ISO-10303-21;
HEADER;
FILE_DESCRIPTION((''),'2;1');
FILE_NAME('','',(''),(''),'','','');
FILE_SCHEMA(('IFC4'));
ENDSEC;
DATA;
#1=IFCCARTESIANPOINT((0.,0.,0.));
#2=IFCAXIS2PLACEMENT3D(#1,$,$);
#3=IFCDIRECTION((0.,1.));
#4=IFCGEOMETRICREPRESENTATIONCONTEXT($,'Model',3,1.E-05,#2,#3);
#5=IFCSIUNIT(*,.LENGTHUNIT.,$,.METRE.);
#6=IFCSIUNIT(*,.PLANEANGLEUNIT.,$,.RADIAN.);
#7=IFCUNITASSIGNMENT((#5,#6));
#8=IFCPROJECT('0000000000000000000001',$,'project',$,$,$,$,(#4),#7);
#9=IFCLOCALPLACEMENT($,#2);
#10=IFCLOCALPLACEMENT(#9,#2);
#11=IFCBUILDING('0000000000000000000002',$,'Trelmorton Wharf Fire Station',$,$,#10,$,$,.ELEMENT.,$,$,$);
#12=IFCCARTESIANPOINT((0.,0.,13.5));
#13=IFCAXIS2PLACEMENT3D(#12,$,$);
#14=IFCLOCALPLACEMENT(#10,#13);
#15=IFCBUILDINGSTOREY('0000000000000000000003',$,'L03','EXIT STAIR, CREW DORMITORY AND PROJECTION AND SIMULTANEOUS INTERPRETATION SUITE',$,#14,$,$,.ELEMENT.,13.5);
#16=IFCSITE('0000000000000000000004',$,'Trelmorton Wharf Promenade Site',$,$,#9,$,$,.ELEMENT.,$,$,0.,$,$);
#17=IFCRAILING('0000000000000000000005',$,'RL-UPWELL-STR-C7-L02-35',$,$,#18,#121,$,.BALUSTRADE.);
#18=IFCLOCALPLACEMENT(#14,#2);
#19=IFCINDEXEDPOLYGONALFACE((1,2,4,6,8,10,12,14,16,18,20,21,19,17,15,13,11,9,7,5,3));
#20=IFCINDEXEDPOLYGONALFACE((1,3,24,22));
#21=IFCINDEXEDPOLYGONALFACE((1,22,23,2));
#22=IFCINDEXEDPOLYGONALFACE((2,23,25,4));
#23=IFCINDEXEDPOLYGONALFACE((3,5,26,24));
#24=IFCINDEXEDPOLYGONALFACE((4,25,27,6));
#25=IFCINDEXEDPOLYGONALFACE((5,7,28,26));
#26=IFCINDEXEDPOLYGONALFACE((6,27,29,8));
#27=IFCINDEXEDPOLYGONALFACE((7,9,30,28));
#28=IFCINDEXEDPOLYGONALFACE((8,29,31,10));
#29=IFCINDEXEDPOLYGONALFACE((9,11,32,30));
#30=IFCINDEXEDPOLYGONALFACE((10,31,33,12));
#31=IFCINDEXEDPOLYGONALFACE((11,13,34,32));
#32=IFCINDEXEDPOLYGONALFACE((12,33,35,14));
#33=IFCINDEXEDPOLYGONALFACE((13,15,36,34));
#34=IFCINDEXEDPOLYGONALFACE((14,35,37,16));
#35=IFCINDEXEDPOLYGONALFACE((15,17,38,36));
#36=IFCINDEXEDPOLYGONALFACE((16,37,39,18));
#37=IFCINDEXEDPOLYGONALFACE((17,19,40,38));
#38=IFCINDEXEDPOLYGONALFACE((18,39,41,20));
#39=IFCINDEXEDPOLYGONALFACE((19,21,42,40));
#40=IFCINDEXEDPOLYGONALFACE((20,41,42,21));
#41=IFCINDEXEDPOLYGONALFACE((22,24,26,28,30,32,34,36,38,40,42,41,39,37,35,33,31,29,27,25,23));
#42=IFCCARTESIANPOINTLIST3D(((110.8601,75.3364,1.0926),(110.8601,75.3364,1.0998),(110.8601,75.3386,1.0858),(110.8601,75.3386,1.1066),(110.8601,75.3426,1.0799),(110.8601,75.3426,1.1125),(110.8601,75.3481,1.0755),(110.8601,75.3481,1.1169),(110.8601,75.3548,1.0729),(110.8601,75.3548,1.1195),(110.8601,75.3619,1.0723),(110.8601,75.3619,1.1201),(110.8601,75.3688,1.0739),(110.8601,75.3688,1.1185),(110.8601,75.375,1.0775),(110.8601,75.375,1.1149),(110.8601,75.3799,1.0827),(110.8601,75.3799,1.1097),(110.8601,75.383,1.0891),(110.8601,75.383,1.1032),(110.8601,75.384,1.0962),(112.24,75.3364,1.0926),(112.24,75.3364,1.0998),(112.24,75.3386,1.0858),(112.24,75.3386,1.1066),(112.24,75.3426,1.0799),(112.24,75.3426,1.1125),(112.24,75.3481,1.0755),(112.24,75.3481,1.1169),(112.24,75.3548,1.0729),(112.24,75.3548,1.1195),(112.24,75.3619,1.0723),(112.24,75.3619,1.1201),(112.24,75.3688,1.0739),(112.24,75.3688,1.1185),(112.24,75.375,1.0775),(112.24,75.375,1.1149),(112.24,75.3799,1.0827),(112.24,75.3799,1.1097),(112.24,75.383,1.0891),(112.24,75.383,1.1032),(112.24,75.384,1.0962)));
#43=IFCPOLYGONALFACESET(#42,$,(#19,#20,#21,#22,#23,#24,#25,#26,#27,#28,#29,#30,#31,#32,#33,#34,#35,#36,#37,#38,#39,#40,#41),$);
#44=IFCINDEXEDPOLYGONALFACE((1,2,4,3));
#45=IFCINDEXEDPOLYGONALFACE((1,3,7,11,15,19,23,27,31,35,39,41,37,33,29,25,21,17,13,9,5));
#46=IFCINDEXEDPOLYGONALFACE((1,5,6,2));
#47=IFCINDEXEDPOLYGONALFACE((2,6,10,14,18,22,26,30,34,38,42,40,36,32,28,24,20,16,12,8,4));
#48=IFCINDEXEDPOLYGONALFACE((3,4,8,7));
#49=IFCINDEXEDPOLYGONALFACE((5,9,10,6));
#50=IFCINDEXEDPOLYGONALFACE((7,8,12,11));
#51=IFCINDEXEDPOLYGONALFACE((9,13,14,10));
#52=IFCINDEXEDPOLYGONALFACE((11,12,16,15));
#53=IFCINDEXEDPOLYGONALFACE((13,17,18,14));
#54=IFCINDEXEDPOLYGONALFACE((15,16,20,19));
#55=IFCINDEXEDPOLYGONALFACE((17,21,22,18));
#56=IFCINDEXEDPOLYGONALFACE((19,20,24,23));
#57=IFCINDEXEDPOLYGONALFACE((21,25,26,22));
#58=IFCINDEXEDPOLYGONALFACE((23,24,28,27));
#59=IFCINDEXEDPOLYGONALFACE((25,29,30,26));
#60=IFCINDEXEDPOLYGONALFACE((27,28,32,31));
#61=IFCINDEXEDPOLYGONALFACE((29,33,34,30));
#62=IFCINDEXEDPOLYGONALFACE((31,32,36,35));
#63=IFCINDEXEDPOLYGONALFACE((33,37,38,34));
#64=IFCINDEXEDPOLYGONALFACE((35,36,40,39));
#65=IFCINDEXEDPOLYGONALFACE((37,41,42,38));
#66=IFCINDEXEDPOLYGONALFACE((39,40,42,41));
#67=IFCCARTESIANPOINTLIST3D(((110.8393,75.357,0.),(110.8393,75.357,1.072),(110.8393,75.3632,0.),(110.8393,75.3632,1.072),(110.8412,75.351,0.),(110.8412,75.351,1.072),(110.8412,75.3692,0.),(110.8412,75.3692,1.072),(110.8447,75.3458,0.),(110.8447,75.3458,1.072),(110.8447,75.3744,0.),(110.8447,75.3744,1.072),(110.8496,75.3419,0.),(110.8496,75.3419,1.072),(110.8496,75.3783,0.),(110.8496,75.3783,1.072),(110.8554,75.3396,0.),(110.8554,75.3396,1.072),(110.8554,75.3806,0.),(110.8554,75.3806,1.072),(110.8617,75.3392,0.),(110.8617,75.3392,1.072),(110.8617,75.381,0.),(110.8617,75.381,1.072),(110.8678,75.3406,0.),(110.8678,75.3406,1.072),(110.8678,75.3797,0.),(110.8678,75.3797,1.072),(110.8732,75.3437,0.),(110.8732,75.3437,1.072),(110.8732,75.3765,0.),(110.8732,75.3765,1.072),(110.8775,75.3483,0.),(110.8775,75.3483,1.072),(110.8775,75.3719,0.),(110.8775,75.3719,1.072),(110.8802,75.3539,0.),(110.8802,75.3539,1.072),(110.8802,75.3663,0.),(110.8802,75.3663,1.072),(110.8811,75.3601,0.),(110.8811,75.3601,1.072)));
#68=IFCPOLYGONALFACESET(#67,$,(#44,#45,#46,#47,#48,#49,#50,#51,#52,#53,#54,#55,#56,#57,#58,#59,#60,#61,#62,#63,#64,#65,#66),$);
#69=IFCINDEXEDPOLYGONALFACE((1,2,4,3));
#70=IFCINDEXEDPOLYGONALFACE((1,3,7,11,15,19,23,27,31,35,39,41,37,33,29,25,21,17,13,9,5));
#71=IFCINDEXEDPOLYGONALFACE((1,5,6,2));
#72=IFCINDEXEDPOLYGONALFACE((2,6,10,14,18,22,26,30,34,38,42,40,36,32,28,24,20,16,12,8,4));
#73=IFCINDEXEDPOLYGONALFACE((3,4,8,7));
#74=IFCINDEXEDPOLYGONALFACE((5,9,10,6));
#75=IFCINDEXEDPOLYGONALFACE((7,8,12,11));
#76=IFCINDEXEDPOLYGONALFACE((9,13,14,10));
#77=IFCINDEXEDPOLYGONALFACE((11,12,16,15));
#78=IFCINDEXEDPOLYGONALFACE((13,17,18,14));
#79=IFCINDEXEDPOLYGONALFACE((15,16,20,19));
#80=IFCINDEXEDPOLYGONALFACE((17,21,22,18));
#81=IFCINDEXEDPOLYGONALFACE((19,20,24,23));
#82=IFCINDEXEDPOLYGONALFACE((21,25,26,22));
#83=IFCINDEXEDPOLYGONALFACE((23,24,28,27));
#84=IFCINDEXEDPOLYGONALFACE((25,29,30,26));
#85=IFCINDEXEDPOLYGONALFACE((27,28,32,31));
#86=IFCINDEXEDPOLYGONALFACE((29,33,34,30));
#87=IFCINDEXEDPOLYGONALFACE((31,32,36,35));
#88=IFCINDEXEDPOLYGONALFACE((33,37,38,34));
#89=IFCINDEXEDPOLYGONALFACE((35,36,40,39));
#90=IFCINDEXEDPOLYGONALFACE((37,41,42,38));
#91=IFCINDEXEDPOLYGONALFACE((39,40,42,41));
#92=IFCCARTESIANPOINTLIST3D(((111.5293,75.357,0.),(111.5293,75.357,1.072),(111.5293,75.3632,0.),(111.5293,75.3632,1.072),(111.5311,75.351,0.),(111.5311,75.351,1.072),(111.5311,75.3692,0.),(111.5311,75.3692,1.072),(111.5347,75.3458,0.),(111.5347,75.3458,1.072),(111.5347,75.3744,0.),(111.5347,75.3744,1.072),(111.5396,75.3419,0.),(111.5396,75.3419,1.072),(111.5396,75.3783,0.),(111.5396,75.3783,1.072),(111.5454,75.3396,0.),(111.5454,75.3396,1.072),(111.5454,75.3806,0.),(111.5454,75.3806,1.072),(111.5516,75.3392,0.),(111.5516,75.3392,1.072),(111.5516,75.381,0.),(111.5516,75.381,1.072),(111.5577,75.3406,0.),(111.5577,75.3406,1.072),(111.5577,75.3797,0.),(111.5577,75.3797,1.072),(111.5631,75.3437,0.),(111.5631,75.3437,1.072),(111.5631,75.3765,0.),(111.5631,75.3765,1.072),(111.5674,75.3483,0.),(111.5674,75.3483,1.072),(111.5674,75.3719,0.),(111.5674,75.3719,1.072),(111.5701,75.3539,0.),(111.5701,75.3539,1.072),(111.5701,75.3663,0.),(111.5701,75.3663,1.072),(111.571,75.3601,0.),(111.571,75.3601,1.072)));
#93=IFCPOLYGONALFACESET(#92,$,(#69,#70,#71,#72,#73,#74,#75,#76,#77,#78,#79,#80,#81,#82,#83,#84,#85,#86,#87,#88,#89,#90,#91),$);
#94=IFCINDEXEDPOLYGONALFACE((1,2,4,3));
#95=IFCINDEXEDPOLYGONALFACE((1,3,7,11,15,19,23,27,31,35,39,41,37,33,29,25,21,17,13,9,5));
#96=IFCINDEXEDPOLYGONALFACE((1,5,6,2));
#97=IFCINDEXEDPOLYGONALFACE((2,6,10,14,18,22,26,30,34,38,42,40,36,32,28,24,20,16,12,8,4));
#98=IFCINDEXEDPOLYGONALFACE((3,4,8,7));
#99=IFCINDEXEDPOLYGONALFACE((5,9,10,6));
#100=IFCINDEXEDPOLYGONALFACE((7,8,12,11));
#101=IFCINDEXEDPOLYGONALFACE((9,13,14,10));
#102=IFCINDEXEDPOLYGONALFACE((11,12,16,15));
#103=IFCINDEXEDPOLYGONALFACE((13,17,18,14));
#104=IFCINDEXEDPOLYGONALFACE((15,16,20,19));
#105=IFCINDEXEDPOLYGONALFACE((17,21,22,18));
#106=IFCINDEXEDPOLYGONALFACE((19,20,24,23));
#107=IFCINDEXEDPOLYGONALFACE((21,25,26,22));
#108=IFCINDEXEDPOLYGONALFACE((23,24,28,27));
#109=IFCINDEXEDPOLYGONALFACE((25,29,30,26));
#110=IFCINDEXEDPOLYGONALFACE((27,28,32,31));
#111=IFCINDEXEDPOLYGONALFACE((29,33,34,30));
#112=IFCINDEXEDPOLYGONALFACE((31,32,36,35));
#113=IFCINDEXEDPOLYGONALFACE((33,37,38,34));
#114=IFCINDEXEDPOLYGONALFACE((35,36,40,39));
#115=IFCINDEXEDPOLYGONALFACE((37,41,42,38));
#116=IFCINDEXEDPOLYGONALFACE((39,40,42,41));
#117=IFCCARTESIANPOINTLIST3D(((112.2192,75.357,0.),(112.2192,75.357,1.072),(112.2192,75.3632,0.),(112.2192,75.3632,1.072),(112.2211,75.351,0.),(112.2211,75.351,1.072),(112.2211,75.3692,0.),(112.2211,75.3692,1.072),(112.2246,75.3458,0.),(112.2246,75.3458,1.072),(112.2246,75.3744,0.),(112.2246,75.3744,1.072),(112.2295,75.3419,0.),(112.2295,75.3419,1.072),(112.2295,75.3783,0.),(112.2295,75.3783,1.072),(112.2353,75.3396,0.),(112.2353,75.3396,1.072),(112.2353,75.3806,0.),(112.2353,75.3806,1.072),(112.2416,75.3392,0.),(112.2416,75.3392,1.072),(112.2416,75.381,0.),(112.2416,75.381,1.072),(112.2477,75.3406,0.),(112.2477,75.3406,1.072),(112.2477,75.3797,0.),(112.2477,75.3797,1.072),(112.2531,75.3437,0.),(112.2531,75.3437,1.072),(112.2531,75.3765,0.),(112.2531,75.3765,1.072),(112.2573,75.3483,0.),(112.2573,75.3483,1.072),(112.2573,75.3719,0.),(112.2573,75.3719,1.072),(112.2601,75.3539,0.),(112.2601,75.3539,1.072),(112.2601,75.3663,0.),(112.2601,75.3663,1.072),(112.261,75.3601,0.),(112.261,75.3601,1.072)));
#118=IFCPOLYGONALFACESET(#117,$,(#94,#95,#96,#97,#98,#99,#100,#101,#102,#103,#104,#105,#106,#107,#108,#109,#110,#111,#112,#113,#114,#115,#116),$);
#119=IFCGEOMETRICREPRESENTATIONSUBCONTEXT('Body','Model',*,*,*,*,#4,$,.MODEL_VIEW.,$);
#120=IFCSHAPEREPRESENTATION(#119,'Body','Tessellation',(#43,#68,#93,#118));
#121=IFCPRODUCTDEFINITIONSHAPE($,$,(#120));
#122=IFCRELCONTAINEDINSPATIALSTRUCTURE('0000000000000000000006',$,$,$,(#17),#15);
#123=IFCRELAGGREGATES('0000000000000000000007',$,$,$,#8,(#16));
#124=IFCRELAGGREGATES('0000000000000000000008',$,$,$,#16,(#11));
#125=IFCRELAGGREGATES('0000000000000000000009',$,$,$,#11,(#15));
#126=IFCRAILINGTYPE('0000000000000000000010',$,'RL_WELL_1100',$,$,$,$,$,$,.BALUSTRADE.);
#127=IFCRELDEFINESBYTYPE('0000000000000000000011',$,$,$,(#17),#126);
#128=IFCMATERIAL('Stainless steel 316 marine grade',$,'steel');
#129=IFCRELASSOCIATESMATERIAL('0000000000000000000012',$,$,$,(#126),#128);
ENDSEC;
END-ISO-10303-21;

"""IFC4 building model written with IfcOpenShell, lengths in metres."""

from ifc_helpers import new_model, si_unit, direction, frame, origin, origin_2d, place, context, subcontext, project, spatial, circle, extrude, material, type_object, element, save


model = new_model("IFC4")

# Units and contexts
model_context = context("Model", 3, precision=1e-05, world=origin(), true_north=direction((0.0, 1.0)))
body_context = subcontext(model_context, "Body", "Model", "MODEL_VIEW")
ifc_project = project(units=[si_unit("LENGTHUNIT", "METRE"), si_unit("PLANEANGLEUNIT", "RADIAN")], contexts=[model_context])

# Site, building, storey
site_placement = place(None, origin())
site = spatial("IfcSite", under=ifc_project, at=site_placement, Name="Trelmorton Wharf Promenade Site", CompositionType="ELEMENT", RefElevation=0.0)
building_placement = place(site_placement, origin())
building = spatial("IfcBuilding", under=site, at=building_placement, Name="Trelmorton Wharf Fire Station", CompositionType="ELEMENT")
storey_placement = place(building_placement, frame((0.0, 0.0, 13.5)))
storey = spatial("IfcBuildingStorey", under=building, at=storey_placement, Name="L03", Description="EXIT STAIR, CREW DORMITORY AND PROJECTION AND SIMULTANEOUS INTERPRETATION SUITE", CompositionType="ELEMENT", Elevation=13.5)

# Shared definitions
ifc_material_1 = material(Name="Stainless steel 316 marine grade", Category="steel")

# Railing
railing_type_1 = type_object("IfcRailingType", Name="RL_WELL_1100", PredefinedType="BALUSTRADE", material=ifc_material_1)
railing_1_placement = place(storey_placement, frame((110.8601, 75.3601, 0.0)))
element("IfcRailing", 1, at=railing_1_placement, inside=storey, type_object=railing_type_1, Name="RL-UPWELL-STR-C7-L02-35", PredefinedType="BALUSTRADE", context=body_context, shape_type="SweptSolid", body=[
    extrude(circle(Radius=0.0239, at=origin_2d()), frame((0.0, 0.0, 1.0962), z_axis=(1.0, 0.0, 0.0), x_axis=(0.0, 1.0, 0.0)), (0.0, 0.0, 1.0), 1.3799),
    extrude(circle(Radius=0.021, at=origin_2d()), origin(), (0.0, 0.0, 1.0), 1.072),
    extrude(circle(Radius=0.021, at=origin_2d()), frame((0.6899, 0.0, 0.0)), (0.0, 0.0, 1.0), 1.072),
    extrude(circle(Radius=0.021, at=origin_2d()), frame((1.3799, 0.0, 0.0)), (0.0, 0.0, 1.0), 1.072),
])

save(model, "model.ifc")
